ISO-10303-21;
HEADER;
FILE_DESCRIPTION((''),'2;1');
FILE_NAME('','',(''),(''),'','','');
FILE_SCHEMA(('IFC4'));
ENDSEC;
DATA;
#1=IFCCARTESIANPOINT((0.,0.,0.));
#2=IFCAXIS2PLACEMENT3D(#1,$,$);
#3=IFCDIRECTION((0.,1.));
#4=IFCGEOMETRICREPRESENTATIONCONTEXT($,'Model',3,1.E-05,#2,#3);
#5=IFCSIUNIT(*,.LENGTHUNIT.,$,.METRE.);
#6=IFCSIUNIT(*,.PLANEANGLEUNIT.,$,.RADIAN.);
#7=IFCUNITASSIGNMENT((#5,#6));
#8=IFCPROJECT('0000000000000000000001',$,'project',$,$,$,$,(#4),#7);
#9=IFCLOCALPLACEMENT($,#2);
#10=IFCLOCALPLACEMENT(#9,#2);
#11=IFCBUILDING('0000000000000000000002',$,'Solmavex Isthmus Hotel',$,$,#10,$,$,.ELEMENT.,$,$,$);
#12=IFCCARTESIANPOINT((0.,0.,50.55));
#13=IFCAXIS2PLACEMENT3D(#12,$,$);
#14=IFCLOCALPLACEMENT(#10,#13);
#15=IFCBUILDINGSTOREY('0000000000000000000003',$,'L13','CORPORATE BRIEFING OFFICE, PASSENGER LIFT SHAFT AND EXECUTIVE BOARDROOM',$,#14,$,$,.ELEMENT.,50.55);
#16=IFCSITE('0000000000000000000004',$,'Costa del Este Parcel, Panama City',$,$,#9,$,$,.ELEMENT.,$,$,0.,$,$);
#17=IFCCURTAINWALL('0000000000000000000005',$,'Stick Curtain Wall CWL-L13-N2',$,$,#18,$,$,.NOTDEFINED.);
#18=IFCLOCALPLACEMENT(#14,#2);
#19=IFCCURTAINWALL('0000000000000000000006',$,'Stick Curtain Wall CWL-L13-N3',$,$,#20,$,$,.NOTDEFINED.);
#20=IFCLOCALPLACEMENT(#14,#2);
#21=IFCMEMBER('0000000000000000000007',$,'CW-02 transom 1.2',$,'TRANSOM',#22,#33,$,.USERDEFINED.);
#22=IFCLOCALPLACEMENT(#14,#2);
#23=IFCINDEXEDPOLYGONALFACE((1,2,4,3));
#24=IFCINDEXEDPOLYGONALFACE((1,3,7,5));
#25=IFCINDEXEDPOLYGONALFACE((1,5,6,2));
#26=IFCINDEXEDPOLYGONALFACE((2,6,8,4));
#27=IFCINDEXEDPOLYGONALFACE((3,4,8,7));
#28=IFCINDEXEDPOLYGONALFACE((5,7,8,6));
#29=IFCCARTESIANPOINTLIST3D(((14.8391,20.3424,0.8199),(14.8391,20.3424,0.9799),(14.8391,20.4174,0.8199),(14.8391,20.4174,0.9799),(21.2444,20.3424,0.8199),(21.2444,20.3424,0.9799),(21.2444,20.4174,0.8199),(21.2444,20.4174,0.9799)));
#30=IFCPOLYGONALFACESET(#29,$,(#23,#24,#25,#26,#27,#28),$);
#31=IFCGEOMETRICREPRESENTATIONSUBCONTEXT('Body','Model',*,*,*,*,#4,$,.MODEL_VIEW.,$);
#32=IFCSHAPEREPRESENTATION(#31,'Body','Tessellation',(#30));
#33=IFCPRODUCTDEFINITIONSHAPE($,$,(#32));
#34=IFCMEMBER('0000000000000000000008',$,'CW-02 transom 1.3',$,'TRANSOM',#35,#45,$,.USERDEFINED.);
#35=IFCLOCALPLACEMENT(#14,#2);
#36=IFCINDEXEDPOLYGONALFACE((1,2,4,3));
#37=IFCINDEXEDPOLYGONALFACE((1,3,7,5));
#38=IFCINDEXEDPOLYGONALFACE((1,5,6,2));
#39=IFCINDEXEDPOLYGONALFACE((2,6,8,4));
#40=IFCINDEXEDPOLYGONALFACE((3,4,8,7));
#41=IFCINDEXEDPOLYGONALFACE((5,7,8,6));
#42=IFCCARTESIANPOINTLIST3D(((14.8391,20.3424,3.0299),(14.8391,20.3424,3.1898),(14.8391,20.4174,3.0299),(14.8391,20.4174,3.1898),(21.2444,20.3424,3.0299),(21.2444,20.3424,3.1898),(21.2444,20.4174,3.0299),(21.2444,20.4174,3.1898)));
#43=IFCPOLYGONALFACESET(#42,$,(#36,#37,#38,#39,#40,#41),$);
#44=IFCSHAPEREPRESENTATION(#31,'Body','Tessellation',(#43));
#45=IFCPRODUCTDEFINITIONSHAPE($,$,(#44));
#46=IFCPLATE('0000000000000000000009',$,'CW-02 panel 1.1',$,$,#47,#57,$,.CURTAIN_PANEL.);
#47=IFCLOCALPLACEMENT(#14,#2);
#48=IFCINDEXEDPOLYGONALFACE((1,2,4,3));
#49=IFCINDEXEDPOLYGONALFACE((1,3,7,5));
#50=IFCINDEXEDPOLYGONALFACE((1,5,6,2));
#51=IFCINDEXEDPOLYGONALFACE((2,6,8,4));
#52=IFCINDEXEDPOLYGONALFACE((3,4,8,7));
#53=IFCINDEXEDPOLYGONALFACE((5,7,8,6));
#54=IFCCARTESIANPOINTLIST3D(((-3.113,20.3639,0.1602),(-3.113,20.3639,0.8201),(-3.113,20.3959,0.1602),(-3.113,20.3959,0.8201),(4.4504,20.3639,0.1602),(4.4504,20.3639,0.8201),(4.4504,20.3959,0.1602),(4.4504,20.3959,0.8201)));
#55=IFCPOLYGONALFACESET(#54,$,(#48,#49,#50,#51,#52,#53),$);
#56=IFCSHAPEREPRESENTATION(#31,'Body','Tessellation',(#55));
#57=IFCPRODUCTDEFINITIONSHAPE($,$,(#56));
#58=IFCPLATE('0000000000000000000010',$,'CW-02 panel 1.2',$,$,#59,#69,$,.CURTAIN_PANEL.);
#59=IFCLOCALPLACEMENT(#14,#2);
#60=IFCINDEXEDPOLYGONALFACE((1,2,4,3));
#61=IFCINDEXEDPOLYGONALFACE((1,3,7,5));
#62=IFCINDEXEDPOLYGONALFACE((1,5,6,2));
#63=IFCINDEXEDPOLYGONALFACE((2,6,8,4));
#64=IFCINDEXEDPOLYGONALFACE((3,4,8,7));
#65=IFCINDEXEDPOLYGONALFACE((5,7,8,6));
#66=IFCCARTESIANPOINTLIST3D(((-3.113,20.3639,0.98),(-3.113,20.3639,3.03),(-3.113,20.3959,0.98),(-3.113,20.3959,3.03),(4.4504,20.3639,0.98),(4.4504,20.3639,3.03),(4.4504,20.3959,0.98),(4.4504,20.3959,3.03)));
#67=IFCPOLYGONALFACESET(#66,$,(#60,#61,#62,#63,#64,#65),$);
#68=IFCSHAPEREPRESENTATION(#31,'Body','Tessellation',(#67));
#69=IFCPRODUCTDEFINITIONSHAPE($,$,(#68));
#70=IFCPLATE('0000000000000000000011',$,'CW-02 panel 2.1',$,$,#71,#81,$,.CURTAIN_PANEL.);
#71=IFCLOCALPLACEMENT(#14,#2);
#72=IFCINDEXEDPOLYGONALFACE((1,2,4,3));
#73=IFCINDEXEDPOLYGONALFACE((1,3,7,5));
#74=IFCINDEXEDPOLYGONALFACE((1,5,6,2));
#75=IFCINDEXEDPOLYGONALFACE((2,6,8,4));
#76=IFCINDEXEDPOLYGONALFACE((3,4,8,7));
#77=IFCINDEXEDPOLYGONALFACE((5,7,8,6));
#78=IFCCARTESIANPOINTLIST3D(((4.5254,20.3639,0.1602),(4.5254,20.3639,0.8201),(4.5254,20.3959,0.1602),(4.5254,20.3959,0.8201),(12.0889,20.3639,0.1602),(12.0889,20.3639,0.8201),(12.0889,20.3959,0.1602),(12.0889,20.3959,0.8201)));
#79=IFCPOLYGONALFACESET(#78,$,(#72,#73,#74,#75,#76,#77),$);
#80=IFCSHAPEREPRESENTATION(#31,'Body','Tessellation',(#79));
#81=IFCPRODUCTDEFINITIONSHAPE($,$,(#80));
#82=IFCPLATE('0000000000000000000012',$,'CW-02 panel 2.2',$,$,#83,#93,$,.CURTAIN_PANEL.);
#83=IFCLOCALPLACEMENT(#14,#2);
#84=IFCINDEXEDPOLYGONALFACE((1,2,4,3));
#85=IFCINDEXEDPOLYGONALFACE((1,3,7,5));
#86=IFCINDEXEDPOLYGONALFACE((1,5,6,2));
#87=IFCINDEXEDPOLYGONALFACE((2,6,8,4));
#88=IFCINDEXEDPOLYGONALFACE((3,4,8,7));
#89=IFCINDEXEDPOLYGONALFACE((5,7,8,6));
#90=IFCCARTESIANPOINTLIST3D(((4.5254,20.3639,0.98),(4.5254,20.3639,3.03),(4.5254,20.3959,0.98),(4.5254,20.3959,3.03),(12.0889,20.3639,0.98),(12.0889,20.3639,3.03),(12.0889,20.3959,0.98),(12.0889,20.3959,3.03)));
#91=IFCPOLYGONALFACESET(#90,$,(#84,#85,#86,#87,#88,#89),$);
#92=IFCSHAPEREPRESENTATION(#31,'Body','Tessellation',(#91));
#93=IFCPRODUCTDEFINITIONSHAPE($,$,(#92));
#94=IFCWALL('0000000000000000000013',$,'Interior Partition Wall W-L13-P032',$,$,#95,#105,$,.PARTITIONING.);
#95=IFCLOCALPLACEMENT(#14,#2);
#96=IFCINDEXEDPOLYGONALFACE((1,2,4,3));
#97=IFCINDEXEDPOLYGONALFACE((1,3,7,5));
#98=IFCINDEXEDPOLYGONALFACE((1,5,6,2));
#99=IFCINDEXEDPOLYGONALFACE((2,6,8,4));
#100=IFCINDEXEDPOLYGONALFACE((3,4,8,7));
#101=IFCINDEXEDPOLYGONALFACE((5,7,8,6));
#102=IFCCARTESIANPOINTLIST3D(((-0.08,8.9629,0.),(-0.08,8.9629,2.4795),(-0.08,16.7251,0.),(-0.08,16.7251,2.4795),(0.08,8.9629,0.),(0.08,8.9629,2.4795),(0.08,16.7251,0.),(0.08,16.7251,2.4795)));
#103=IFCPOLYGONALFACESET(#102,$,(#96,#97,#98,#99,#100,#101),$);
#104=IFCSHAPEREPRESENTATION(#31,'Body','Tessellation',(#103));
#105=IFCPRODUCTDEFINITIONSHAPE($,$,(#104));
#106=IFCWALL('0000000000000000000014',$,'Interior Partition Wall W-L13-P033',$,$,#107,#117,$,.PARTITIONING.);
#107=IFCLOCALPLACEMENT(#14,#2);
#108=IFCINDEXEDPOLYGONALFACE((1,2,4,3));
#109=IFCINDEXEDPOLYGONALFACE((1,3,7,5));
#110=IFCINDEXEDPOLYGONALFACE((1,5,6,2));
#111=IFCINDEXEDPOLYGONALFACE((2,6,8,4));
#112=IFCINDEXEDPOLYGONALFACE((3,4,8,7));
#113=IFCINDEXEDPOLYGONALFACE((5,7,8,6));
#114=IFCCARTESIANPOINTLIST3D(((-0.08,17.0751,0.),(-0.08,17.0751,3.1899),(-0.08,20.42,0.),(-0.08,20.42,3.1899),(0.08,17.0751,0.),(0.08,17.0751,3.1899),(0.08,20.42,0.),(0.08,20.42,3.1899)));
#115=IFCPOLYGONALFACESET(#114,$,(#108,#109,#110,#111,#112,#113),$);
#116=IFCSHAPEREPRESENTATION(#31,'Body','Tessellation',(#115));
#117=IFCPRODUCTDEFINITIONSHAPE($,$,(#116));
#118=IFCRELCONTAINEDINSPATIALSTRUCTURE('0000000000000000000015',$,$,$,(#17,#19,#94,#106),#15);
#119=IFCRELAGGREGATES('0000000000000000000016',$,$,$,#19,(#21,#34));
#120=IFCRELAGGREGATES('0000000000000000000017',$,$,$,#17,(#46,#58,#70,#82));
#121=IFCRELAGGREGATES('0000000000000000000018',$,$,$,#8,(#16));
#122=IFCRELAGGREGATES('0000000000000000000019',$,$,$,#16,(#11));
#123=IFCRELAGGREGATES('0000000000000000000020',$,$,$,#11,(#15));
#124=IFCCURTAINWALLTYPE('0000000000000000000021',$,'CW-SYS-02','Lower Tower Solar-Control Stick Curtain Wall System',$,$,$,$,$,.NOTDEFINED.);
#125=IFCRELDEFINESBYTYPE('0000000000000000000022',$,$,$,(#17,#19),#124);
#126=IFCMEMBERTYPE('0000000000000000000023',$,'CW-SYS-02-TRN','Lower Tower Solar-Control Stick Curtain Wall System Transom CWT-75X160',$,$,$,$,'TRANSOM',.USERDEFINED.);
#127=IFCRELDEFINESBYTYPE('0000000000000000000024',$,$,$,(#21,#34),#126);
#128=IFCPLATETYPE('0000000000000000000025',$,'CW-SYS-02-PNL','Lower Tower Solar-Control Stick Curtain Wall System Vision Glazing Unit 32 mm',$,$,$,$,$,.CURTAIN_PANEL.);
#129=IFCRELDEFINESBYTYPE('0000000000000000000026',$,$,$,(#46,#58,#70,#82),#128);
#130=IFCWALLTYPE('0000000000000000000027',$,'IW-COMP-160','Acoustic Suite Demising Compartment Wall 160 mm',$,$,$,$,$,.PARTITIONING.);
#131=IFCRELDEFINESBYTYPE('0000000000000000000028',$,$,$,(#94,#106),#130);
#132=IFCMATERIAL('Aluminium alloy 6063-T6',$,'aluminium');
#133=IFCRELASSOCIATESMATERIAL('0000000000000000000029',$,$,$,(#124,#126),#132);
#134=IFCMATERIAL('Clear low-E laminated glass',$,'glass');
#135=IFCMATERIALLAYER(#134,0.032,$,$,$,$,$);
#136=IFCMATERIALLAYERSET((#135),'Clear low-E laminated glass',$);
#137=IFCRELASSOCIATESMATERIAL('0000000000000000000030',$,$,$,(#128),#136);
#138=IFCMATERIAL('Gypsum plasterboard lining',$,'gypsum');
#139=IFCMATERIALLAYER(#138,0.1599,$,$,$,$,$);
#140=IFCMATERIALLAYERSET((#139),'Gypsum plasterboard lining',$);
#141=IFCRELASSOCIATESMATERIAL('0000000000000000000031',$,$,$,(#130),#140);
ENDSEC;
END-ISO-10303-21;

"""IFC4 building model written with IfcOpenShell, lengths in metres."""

from ifc_helpers import new_model, si_unit, direction, frame, frame_2d, origin, origin_2d, place, context, subcontext, project, spatial, rectangle, extrude, material, layer, layer_set, material_profile, profile_set, type_object, element, aggregate, save


model = new_model("IFC4")

# Units and contexts
model_context = context("Model", 3, precision=1e-05, world=origin(), true_north=direction((0.0, 1.0)))
body_context = subcontext(model_context, "Body", "Model", "MODEL_VIEW")
ifc_project = project(units=[si_unit("LENGTHUNIT", "METRE"), si_unit("PLANEANGLEUNIT", "RADIAN")], contexts=[model_context])

# Site, building, storey
site_placement = place(None, origin())
site = spatial("IfcSite", under=ifc_project, at=site_placement, Name="Costa del Este Parcel, Panama City", CompositionType="ELEMENT", RefElevation=0.0)
building_placement = place(site_placement, origin())
building = spatial("IfcBuilding", under=site, at=building_placement, Name="Solmavex Isthmus Hotel", CompositionType="ELEMENT")
storey_placement = place(building_placement, frame((0.0, 0.0, 50.55)))
storey = spatial("IfcBuildingStorey", under=building, at=storey_placement, Name="L13", Description="CORPORATE BRIEFING OFFICE, PASSENGER LIFT SHAFT AND EXECUTIVE BOARDROOM", CompositionType="ELEMENT", Elevation=50.55)

# Curtain wall
ifc_material_1 = material(Name="Aluminium alloy 6063-T6", Category="aluminium")
curtain_wall_type = type_object("IfcCurtainWallType", Name="CW-SYS-02", Description="Lower Tower Solar-Control Stick Curtain Wall System", PredefinedType="NOTDEFINED", material=ifc_material_1)
curtain_wall_1_placement = place(storey_placement, origin())
curtain_wall_1 = element("IfcCurtainWall", 1, at=curtain_wall_1_placement, inside=storey, type_object=curtain_wall_type, Name="Stick Curtain Wall CWL-L13-N2", PredefinedType="NOTDEFINED")

# Curtain wall
curtain_wall_2_placement = place(storey_placement, origin())
curtain_wall_2 = element("IfcCurtainWall", 2, at=curtain_wall_2_placement, inside=storey, type_object=curtain_wall_type, Name="Stick Curtain Wall CWL-L13-N3", PredefinedType="NOTDEFINED")

# Members
ifc_material_profile_1 = material_profile(ifc_material_1, rectangle(XDim=0.075, YDim=0.1599, at=origin_2d()), Name="CWT-75X160")
ifc_profile_set_1 = profile_set([ifc_material_profile_1], Name="Aluminium alloy 6063-T6")
member_type_1 = type_object("IfcMemberType", Name="CW-SYS-02-TRN", Description="Lower Tower Solar-Control Stick Curtain Wall System Transom CWT-75X160", ElementType="TRANSOM", PredefinedType="USERDEFINED", material=ifc_profile_set_1)
member_1_placement = place(storey_placement, frame((14.8391, 20.3799, 0.8999), z_axis=(1.0, 0.0, 0.0), x_axis=(0.0, 1.0, 0.0)))
member_1 = element("IfcMember", 3, at=member_1_placement, type_object=member_type_1, Name="CW-02 transom 1.2", ObjectType="TRANSOM", PredefinedType="USERDEFINED", context=body_context, shape_type="SweptSolid", body=[
    extrude(rectangle(XDim=0.075, YDim=0.1599, at=origin_2d()), origin(), (0.0, 0.0, 1.0), 6.4053),
])
member_2_placement = place(storey_placement, frame((14.8391, 20.3799, 3.1099), z_axis=(1.0, 0.0, 0.0), x_axis=(0.0, 1.0, 0.0)))
member_2 = element("IfcMember", 4, at=member_2_placement, type_object=member_type_1, Name="CW-02 transom 1.3", ObjectType="TRANSOM", PredefinedType="USERDEFINED", context=body_context, shape_type="SweptSolid", body=[
    extrude(rectangle(XDim=0.075, YDim=0.1599, at=origin_2d()), origin(), (0.0, 0.0, 1.0), 6.4053),
])
aggregate(curtain_wall_2, [member_1, member_2])

# Plates
ifc_material_2 = material(Name="Clear low-E laminated glass", Category="glass")
ifc_layer_1 = layer(ifc_material_2, 0.032)
ifc_layer_set_1 = layer_set([ifc_layer_1], Name="Clear low-E laminated glass")
plate_type = type_object("IfcPlateType", Name="CW-SYS-02-PNL", Description="Lower Tower Solar-Control Stick Curtain Wall System Vision Glazing Unit 32 mm", PredefinedType="CURTAIN_PANEL", material=ifc_layer_set_1)
plate_1_placement = place(storey_placement, frame((0.6687, 20.3799, 0.1602), z_axis=(0.0, 0.0, 1.0), x_axis=(1.0, 0.0, 0.0)))
plate_1 = element("IfcPlate", 5, at=plate_1_placement, type_object=plate_type, Name="CW-02 panel 1.1", PredefinedType="CURTAIN_PANEL", context=body_context, shape_type="SweptSolid", body=[
    extrude(rectangle(XDim=7.5635, YDim=0.032, at=origin_2d()), origin(), (0.0, 0.0, 1.0), 0.6599),
])
plate_2_placement = place(storey_placement, frame((0.6687, 20.3799, 0.98), z_axis=(0.0, 0.0, 1.0), x_axis=(1.0, 0.0, 0.0)))
plate_2 = element("IfcPlate", 6, at=plate_2_placement, type_object=plate_type, Name="CW-02 panel 1.2", PredefinedType="CURTAIN_PANEL", context=body_context, shape_type="SweptSolid", body=[
    extrude(rectangle(XDim=7.5635, YDim=0.032, at=origin_2d()), origin(), (0.0, 0.0, 1.0), 2.05),
])
plate_3_placement = place(storey_placement, frame((8.3071, 20.3799, 0.1602), z_axis=(0.0, 0.0, 1.0), x_axis=(1.0, 0.0, 0.0)))
plate_3 = element("IfcPlate", 7, at=plate_3_placement, type_object=plate_type, Name="CW-02 panel 2.1", PredefinedType="CURTAIN_PANEL", context=body_context, shape_type="SweptSolid", body=[
    extrude(rectangle(XDim=7.5635, YDim=0.032, at=origin_2d()), origin(), (0.0, 0.0, 1.0), 0.6599),
])
plate_4_placement = place(storey_placement, frame((8.3071, 20.3799, 0.98), z_axis=(0.0, 0.0, 1.0), x_axis=(1.0, 0.0, 0.0)))
plate_4 = element("IfcPlate", 8, at=plate_4_placement, type_object=plate_type, Name="CW-02 panel 2.2", PredefinedType="CURTAIN_PANEL", context=body_context, shape_type="SweptSolid", body=[
    extrude(rectangle(XDim=7.5635, YDim=0.032, at=origin_2d()), origin(), (0.0, 0.0, 1.0), 2.05),
])
aggregate(curtain_wall_1, [plate_1, plate_2, plate_3, plate_4])

# Walls
ifc_material_3 = material(Name="Gypsum plasterboard lining", Category="gypsum")
ifc_layer_2 = layer(ifc_material_3, 0.1599)
ifc_layer_set_2 = layer_set([ifc_layer_2], Name="Gypsum plasterboard lining")
wall_type_1 = type_object("IfcWallType", Name="IW-COMP-160", Description="Acoustic Suite Demising Compartment Wall 160 mm", PredefinedType="PARTITIONING", material=ifc_layer_set_2)
wall_1_placement = place(storey_placement, frame((0.0, 16.7251, 0.0), z_axis=(0.0, 0.0, 1.0), x_axis=(0.0, -1.0, 0.0)))
element("IfcWall", 9, at=wall_1_placement, inside=storey, type_object=wall_type_1, Name="Interior Partition Wall W-L13-P032", PredefinedType="PARTITIONING", context=body_context, shape_type="SweptSolid", body=[
    extrude(rectangle(XDim=7.7622, YDim=0.1599, at=frame_2d((3.8811, 0.0))), origin(), (0.0, 0.0, 1.0), 2.4795),
])
wall_2_placement = place(storey_placement, frame((0.0, 20.4199, 0.0), z_axis=(0.0, 0.0, 1.0), x_axis=(0.0, -1.0, 0.0)))
element("IfcWall", 10, at=wall_2_placement, inside=storey, type_object=wall_type_1, Name="Interior Partition Wall W-L13-P033", PredefinedType="PARTITIONING", context=body_context, shape_type="SweptSolid", body=[
    extrude(rectangle(XDim=3.345, YDim=0.1599, at=frame_2d((1.6724, 0.0))), origin(), (0.0, 0.0, 1.0), 3.1899),
])

save(model, "model.ifc")
